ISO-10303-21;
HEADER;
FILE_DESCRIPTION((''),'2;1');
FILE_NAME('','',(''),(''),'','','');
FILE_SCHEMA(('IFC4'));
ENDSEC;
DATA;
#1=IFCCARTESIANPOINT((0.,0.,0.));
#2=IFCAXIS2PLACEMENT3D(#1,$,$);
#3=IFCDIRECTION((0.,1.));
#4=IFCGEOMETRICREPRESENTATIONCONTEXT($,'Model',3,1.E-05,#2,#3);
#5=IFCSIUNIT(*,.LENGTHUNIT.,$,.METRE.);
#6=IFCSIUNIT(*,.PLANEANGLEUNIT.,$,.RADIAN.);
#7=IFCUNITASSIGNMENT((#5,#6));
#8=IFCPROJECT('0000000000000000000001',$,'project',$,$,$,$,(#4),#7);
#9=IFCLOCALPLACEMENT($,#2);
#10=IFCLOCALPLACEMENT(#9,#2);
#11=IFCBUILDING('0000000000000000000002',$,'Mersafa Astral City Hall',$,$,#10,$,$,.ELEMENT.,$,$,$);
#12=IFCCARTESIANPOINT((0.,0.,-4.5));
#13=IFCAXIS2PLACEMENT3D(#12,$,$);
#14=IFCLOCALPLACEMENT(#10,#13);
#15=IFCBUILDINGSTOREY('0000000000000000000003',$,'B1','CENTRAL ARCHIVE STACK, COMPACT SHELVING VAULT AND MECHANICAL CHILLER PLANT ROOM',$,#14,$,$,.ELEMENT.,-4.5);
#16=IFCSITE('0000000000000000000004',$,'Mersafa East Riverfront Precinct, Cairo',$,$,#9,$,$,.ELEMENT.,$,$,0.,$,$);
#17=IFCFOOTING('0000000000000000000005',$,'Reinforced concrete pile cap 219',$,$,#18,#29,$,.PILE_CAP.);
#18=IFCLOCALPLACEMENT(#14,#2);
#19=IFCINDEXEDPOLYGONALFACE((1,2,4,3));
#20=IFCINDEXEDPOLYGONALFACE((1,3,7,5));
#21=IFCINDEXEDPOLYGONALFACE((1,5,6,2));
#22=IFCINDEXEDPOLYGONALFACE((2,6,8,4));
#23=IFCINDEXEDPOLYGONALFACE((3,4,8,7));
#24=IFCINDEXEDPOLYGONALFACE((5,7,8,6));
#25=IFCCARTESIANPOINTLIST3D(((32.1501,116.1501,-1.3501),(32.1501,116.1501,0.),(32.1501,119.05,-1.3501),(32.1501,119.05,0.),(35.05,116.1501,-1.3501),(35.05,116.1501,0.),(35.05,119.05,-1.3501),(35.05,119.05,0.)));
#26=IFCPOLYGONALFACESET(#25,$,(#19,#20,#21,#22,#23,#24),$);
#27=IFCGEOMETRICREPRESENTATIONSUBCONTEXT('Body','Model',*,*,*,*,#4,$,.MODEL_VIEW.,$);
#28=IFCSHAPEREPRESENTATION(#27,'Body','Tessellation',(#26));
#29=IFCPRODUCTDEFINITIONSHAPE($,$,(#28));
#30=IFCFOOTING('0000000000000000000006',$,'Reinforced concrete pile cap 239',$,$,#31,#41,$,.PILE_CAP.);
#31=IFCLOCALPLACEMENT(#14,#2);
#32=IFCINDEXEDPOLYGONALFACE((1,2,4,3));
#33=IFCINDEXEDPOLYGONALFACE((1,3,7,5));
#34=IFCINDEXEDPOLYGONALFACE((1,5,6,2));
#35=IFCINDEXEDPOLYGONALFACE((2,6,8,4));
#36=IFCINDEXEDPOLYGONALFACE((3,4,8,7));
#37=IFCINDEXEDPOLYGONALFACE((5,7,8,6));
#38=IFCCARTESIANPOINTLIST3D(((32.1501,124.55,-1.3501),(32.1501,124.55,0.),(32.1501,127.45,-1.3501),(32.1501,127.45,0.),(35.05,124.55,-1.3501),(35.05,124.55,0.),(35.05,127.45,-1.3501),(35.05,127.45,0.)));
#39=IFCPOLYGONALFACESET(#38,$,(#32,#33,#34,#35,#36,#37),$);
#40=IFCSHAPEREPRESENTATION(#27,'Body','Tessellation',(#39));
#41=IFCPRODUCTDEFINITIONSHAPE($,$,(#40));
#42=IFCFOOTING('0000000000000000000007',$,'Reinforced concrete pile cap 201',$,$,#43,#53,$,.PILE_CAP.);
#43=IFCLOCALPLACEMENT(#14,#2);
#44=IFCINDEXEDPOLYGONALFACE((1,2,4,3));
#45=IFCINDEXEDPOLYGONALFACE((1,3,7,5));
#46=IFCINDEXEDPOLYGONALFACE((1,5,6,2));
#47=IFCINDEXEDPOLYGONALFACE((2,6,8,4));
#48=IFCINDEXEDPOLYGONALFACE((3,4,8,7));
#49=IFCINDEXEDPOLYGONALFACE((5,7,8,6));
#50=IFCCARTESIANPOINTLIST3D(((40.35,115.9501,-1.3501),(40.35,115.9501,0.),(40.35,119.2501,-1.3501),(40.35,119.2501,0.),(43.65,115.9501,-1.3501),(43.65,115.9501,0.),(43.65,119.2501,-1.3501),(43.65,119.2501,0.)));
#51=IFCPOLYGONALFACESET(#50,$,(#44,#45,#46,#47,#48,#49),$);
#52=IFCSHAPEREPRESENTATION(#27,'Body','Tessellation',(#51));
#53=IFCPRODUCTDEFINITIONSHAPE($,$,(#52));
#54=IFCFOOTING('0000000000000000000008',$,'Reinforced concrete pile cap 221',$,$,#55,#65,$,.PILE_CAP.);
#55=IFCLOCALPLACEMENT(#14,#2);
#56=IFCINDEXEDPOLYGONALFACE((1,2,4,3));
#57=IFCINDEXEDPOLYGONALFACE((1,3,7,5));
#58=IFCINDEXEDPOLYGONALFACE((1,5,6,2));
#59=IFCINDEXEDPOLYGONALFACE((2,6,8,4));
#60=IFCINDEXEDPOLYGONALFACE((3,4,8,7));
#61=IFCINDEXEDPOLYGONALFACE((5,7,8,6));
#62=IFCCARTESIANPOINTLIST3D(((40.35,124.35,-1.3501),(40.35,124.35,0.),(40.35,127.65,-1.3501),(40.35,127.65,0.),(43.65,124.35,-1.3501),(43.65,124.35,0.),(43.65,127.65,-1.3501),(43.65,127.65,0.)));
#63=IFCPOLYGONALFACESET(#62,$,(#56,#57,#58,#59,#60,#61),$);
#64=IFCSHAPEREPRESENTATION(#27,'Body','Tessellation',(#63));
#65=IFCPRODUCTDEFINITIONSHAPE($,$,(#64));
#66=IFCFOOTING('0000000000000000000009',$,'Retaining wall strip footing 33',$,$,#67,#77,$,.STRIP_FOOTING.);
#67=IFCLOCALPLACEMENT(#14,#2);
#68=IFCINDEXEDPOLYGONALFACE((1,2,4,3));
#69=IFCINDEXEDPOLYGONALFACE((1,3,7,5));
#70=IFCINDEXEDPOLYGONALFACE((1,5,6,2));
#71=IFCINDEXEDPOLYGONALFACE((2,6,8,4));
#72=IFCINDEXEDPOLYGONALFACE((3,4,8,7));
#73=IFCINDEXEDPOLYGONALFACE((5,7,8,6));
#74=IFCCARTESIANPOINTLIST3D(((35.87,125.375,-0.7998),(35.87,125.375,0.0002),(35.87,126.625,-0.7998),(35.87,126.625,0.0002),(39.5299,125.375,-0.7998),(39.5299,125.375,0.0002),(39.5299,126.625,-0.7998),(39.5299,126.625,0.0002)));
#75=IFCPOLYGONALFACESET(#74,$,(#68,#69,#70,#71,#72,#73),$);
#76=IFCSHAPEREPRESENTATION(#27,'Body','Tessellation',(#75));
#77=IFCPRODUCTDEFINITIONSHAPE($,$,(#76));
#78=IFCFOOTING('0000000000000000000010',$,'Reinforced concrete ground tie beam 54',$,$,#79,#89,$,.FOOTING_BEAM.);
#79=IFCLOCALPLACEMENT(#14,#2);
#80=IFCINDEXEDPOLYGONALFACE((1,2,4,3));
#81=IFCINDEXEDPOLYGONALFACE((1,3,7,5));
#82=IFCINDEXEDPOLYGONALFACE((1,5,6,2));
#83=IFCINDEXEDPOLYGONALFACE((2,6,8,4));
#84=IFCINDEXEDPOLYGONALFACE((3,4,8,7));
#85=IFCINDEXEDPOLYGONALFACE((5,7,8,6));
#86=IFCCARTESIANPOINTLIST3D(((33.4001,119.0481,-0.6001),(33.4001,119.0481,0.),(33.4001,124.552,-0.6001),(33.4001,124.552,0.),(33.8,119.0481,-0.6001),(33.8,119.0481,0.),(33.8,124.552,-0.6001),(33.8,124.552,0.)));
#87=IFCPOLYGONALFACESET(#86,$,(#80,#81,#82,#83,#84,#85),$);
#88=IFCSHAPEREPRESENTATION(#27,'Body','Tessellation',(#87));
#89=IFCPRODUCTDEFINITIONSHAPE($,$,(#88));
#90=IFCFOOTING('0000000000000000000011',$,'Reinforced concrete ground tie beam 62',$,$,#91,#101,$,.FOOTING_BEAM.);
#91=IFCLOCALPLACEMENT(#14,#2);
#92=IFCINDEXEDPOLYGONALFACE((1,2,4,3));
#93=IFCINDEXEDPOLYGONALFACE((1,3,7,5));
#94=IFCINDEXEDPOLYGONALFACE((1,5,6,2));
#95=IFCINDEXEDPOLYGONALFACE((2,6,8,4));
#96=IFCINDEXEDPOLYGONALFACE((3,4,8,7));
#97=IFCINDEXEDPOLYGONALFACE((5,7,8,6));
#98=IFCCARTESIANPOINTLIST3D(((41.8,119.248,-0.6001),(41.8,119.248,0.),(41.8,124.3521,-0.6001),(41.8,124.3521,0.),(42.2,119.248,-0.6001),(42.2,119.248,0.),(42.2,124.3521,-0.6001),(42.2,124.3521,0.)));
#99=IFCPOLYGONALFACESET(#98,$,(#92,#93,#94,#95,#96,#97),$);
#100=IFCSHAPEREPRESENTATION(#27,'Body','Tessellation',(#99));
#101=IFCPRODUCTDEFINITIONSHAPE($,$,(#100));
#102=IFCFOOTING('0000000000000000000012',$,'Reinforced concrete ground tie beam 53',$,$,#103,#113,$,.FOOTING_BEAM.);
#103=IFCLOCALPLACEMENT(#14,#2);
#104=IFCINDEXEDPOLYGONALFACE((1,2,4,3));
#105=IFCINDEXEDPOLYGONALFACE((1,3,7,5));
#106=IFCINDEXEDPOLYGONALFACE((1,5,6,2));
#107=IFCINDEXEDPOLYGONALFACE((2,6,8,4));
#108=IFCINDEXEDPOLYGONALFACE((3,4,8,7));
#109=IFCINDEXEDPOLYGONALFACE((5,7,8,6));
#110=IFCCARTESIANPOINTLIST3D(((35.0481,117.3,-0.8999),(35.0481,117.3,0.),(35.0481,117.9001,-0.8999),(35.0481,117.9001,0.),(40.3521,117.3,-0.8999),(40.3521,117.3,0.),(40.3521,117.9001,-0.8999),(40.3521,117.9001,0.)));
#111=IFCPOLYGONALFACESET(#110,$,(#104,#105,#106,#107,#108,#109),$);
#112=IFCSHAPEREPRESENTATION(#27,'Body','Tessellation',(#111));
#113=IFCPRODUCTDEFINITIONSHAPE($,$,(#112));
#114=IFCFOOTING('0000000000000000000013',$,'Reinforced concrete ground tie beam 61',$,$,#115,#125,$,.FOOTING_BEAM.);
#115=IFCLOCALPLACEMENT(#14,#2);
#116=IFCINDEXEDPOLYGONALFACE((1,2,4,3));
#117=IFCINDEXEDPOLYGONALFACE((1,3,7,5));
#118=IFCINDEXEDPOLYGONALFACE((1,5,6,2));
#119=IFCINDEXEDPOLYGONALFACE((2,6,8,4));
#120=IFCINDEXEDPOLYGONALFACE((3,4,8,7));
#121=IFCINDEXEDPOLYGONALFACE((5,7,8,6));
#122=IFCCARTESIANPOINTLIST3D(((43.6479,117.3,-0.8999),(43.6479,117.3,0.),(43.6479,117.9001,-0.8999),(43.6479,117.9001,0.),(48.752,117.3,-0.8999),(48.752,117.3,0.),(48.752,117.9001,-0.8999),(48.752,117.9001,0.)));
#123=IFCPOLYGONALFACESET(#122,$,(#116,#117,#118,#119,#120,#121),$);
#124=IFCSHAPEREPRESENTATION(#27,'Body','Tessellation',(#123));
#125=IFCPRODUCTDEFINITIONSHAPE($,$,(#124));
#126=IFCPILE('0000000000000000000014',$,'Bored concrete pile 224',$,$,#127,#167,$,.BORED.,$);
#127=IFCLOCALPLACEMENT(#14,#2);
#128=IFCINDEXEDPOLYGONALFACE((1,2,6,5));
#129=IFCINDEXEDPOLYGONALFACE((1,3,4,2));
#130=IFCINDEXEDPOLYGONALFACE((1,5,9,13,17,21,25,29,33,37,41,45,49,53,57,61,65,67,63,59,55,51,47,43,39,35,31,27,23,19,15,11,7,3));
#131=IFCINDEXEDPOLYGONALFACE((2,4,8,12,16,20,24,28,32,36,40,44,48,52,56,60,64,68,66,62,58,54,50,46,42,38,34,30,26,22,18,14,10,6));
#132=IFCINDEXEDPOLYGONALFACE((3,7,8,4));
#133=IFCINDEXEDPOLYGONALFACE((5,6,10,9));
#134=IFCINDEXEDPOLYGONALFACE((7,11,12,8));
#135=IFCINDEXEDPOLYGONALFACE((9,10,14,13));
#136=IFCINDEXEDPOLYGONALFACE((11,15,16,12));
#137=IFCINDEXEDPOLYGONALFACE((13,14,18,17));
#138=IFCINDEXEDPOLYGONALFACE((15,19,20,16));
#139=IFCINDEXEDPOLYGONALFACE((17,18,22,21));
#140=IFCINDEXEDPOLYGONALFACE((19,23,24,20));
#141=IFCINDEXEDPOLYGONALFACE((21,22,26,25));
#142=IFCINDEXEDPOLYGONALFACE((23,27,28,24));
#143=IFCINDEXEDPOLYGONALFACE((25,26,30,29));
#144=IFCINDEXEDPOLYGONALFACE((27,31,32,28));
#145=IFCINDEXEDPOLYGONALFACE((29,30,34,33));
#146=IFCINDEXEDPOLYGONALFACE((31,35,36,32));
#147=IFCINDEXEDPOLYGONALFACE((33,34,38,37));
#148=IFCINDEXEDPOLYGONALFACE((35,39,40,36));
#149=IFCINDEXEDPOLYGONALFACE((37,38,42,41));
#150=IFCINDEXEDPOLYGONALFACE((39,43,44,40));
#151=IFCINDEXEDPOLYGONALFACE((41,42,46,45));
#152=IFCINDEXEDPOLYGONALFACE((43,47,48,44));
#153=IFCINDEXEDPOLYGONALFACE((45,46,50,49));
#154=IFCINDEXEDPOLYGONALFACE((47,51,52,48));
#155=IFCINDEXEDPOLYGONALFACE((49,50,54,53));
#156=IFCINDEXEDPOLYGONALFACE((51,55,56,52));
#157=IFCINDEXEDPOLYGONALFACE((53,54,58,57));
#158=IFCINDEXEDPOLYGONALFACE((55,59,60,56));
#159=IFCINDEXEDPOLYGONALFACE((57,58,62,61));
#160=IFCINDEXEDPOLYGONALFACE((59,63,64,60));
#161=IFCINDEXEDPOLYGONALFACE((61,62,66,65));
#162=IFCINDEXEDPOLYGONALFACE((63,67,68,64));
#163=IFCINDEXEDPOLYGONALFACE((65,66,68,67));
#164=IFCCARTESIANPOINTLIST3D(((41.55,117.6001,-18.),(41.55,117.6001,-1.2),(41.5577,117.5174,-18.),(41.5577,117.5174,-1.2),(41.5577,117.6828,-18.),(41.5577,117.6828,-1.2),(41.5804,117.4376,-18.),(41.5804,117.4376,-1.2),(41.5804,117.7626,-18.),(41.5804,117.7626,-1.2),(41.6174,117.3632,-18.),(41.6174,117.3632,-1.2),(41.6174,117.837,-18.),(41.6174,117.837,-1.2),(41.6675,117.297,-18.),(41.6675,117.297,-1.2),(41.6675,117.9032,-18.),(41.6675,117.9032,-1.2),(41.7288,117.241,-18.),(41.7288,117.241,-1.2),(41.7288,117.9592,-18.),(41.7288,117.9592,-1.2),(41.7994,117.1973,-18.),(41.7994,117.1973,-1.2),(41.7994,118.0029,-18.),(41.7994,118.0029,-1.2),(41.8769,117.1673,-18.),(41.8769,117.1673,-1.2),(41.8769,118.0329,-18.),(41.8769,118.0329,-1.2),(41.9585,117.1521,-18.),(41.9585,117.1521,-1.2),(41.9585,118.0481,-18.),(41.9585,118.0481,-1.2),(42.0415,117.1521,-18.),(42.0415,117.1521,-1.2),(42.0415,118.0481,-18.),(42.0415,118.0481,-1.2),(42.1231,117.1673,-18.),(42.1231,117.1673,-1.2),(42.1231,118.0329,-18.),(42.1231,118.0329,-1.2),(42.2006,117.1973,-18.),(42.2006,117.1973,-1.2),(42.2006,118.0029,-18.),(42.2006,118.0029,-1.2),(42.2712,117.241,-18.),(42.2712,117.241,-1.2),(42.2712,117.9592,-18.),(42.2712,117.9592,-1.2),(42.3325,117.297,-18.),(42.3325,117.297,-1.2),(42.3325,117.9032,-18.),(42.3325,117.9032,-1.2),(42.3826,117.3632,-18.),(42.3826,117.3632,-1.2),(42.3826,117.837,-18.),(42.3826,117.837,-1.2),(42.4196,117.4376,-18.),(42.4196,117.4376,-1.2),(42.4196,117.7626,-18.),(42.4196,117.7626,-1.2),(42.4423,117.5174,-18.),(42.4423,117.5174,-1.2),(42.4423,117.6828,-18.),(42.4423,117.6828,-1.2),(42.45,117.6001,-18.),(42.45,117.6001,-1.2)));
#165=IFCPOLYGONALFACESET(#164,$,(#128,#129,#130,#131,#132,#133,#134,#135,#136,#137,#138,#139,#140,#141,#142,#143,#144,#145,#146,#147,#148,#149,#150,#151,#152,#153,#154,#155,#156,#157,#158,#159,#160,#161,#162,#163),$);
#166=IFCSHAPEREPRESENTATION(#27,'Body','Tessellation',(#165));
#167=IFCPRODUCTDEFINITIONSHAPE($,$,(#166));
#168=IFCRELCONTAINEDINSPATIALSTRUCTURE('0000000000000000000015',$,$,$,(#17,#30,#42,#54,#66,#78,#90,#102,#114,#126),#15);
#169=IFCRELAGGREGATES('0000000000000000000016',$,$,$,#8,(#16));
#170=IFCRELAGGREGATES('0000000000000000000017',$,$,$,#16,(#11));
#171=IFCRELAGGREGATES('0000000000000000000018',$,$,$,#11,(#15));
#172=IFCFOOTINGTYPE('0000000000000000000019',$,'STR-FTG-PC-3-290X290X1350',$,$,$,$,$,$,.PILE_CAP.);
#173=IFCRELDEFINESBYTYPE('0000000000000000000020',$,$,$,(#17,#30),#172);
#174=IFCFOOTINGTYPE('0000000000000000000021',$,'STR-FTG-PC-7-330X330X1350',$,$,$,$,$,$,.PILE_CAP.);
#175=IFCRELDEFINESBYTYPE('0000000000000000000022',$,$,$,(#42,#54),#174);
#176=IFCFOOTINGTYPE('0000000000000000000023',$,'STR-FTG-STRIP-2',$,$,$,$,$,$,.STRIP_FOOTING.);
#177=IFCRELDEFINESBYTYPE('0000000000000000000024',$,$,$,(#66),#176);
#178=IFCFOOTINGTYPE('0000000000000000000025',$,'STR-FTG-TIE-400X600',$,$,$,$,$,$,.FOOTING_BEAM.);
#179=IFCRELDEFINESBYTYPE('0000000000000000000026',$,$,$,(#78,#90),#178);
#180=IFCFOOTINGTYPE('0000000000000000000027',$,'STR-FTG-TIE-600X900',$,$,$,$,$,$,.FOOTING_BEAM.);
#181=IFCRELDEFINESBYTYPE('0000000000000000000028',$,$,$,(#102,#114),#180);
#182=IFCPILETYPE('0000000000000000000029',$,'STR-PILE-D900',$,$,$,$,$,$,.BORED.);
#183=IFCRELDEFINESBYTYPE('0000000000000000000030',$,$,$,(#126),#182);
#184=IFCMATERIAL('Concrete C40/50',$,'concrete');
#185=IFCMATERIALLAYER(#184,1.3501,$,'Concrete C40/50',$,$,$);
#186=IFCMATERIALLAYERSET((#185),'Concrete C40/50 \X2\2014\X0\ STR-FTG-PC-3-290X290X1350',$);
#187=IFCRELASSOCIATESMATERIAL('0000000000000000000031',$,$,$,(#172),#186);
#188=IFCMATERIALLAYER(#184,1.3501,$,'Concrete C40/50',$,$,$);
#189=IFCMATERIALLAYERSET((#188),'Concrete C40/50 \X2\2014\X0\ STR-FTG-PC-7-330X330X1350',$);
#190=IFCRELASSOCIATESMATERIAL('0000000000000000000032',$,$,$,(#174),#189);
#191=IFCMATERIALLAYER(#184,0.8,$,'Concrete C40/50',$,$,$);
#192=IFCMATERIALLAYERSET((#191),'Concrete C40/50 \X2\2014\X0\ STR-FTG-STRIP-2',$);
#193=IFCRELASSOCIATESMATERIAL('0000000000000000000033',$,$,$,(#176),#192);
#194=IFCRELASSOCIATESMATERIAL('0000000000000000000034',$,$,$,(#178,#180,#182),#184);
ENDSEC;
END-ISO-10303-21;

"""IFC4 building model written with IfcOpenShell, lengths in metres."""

from ifc_helpers import new_model, si_unit, direction, frame, origin, origin_2d, place, context, subcontext, project, spatial, rectangle, circle, extrude, material, layer, layer_set, material_profile, profile_set, type_object, element, save


model = new_model("IFC4")

# Units and contexts
model_context = context("Model", 3, precision=1e-05, world=origin(), true_north=direction((0.0, 1.0)))
body_context = subcontext(model_context, "Body", "Model", "MODEL_VIEW")
ifc_project = project(units=[si_unit("LENGTHUNIT", "METRE"), si_unit("PLANEANGLEUNIT", "RADIAN")], contexts=[model_context])

# Site, building, storey
site_placement = place(None, origin())
site = spatial("IfcSite", under=ifc_project, at=site_placement, Name="Mersafa East Riverfront Precinct, Cairo", CompositionType="ELEMENT", RefElevation=0.0)
building_placement = place(site_placement, origin())
building = spatial("IfcBuilding", under=site, at=building_placement, Name="Mersafa Astral City Hall", CompositionType="ELEMENT")
storey_placement = place(building_placement, frame((0.0, 0.0, -4.5)))
storey = spatial("IfcBuildingStorey", under=building, at=storey_placement, Name="B1", Description="CENTRAL ARCHIVE STACK, COMPACT SHELVING VAULT AND MECHANICAL CHILLER PLANT ROOM", CompositionType="ELEMENT", Elevation=-4.5)

# Footings
ifc_material_1 = material(Name="Concrete C40/50", Category="concrete")
ifc_layer_1 = layer(ifc_material_1, 1.3501, Name="Concrete C40/50")
ifc_layer_set_1 = layer_set([ifc_layer_1], Name="Concrete C40/50 — STR-FTG-PC-3-290X290X1350")
footing_type_1 = type_object("IfcFootingType", Name="STR-FTG-PC-3-290X290X1350", PredefinedType="PILE_CAP", material=ifc_layer_set_1)
for number, where, z_axis, x_axis, name in (
    (1, (33.6001, 117.6001, -1.3501), (0.0, 0.0, 1.0), (1.0, 0.0, 0.0), "Reinforced concrete pile cap 219"),
    (2, (33.6001, 126.0, -1.3501), (0.0, 0.0, 1.0), (1.0, 0.0, 0.0), "Reinforced concrete pile cap 239"),
):
    element("IfcFooting", number, at=place(storey_placement, frame(where, z_axis=z_axis, x_axis=x_axis)), inside=storey, type_object=footing_type_1, Name=name, PredefinedType="PILE_CAP", context=body_context, shape_type="SweptSolid", body=[
        extrude(rectangle(XDim=2.8999, YDim=2.8999, at=origin_2d()), origin(), (0.0, 0.0, 1.0), 1.3501),
    ])
ifc_layer_2 = layer(ifc_material_1, 1.3501, Name="Concrete C40/50")
ifc_layer_set_2 = layer_set([ifc_layer_2], Name="Concrete C40/50 — STR-FTG-PC-7-330X330X1350")
footing_type_2 = type_object("IfcFootingType", Name="STR-FTG-PC-7-330X330X1350", PredefinedType="PILE_CAP", material=ifc_layer_set_2)
for number, where, z_axis, x_axis, name in (
    (3, (42.0, 117.6001, -1.3501), (0.0, 0.0, 1.0), (1.0, 0.0, 0.0), "Reinforced concrete pile cap 201"),
    (4, (42.0, 126.0, -1.3501), (0.0, 0.0, 1.0), (1.0, 0.0, 0.0), "Reinforced concrete pile cap 221"),
):
    element("IfcFooting", number, at=place(storey_placement, frame(where, z_axis=z_axis, x_axis=x_axis)), inside=storey, type_object=footing_type_2, Name=name, PredefinedType="PILE_CAP", context=body_context, shape_type="SweptSolid", body=[
        extrude(rectangle(XDim=3.3, YDim=3.3, at=origin_2d()), origin(), (0.0, 0.0, 1.0), 1.3501),
    ])
ifc_layer_3 = layer(ifc_material_1, 0.8, Name="Concrete C40/50")
ifc_layer_set_3 = layer_set([ifc_layer_3], Name="Concrete C40/50 — STR-FTG-STRIP-2")
footing_type_3 = type_object("IfcFootingType", Name="STR-FTG-STRIP-2", PredefinedType="STRIP_FOOTING", material=ifc_layer_set_3)
footing_1_placement = place(storey_placement, frame((37.7, 126.0, -0.7998), z_axis=(0.0, 0.0, 1.0), x_axis=(1.0, 0.0, 0.0)))
element("IfcFooting", 5, at=footing_1_placement, inside=storey, type_object=footing_type_3, Name="Retaining wall strip footing 33", PredefinedType="STRIP_FOOTING", context=body_context, shape_type="SweptSolid", body=[
    extrude(rectangle(XDim=3.6599, YDim=1.25, at=origin_2d()), origin(), (0.0, 0.0, 1.0), 0.8),
])
ifc_material_profile_1 = material_profile(ifc_material_1, rectangle(XDim=0.3999, YDim=0.6001, at=origin_2d()), Name="RC 400x600")
ifc_profile_set_1 = profile_set([ifc_material_profile_1], Name="Concrete C40/50")
footing_type_4 = type_object("IfcFootingType", Name="STR-FTG-TIE-400X600", PredefinedType="FOOTING_BEAM", material=ifc_profile_set_1)
footing_2_placement = place(storey_placement, frame((33.6001, 119.0481, -0.3), z_axis=(0.0, 1.0, 0.0), x_axis=(-1.0, 0.0, 0.0)))
element("IfcFooting", 6, at=footing_2_placement, inside=storey, type_object=footing_type_4, Name="Reinforced concrete ground tie beam 54", PredefinedType="FOOTING_BEAM", context=body_context, shape_type="SweptSolid", body=[
    extrude(rectangle(XDim=0.3999, YDim=0.6001, at=origin_2d()), origin(), (0.0, 0.0, 1.0), 5.5039),
])
footing_3_placement = place(storey_placement, frame((42.0, 119.248, -0.3), z_axis=(0.0, 1.0, 0.0), x_axis=(-1.0, 0.0, 0.0)))
element("IfcFooting", 7, at=footing_3_placement, inside=storey, type_object=footing_type_4, Name="Reinforced concrete ground tie beam 62", PredefinedType="FOOTING_BEAM", context=body_context, shape_type="SweptSolid", body=[
    extrude(rectangle(XDim=0.3999, YDim=0.6001, at=origin_2d()), origin(), (0.0, 0.0, 1.0), 5.104),
])
ifc_material_profile_2 = material_profile(ifc_material_1, rectangle(XDim=0.6001, YDim=0.8999, at=origin_2d()), Name="RC 600x900")
ifc_profile_set_2 = profile_set([ifc_material_profile_2], Name="Concrete C40/50")
footing_type_5 = type_object("IfcFootingType", Name="STR-FTG-TIE-600X900", PredefinedType="FOOTING_BEAM", material=ifc_profile_set_2)
footing_4_placement = place(storey_placement, frame((35.0481, 117.6001, -0.45), z_axis=(1.0, 0.0, 0.0), x_axis=(0.0, 1.0, 0.0)))
element("IfcFooting", 8, at=footing_4_placement, inside=storey, type_object=footing_type_5, Name="Reinforced concrete ground tie beam 53", PredefinedType="FOOTING_BEAM", context=body_context, shape_type="SweptSolid", body=[
    extrude(rectangle(XDim=0.6001, YDim=0.8999, at=origin_2d()), origin(), (0.0, 0.0, 1.0), 5.304),
])
footing_5_placement = place(storey_placement, frame((43.6479, 117.6001, -0.45), z_axis=(1.0, 0.0, 0.0), x_axis=(0.0, 1.0, 0.0)))
element("IfcFooting", 9, at=footing_5_placement, inside=storey, type_object=footing_type_5, Name="Reinforced concrete ground tie beam 61", PredefinedType="FOOTING_BEAM", context=body_context, shape_type="SweptSolid", body=[
    extrude(rectangle(XDim=0.6001, YDim=0.8999, at=origin_2d()), origin(), (0.0, 0.0, 1.0), 5.104),
])

# Pile
ifc_material_profile_3 = material_profile(ifc_material_1, circle(Radius=0.45, at=origin_2d()), Name="PILE D900")
ifc_profile_set_3 = profile_set([ifc_material_profile_3], Name="Concrete C40/50")
pile_type = type_object("IfcPileType", Name="STR-PILE-D900", PredefinedType="BORED", material=ifc_profile_set_3)
for number, where, z_axis, x_axis, name in (
    (10, (42.0, 117.6001, -1.2), (0.0, 0.0, -1.0), (1.0, 0.0, 0.0), "Bored concrete pile 224"),
):
    element("IfcPile", number, at=place(storey_placement, frame(where, z_axis=z_axis, x_axis=x_axis)), inside=storey, type_object=pile_type, Name=name, PredefinedType="BORED", context=body_context, shape_type="SweptSolid", body=[
        extrude(circle(Radius=0.45, at=origin_2d()), origin(), (0.0, 0.0, 1.0), 16.8),
    ])

save(model, "model.ifc")
